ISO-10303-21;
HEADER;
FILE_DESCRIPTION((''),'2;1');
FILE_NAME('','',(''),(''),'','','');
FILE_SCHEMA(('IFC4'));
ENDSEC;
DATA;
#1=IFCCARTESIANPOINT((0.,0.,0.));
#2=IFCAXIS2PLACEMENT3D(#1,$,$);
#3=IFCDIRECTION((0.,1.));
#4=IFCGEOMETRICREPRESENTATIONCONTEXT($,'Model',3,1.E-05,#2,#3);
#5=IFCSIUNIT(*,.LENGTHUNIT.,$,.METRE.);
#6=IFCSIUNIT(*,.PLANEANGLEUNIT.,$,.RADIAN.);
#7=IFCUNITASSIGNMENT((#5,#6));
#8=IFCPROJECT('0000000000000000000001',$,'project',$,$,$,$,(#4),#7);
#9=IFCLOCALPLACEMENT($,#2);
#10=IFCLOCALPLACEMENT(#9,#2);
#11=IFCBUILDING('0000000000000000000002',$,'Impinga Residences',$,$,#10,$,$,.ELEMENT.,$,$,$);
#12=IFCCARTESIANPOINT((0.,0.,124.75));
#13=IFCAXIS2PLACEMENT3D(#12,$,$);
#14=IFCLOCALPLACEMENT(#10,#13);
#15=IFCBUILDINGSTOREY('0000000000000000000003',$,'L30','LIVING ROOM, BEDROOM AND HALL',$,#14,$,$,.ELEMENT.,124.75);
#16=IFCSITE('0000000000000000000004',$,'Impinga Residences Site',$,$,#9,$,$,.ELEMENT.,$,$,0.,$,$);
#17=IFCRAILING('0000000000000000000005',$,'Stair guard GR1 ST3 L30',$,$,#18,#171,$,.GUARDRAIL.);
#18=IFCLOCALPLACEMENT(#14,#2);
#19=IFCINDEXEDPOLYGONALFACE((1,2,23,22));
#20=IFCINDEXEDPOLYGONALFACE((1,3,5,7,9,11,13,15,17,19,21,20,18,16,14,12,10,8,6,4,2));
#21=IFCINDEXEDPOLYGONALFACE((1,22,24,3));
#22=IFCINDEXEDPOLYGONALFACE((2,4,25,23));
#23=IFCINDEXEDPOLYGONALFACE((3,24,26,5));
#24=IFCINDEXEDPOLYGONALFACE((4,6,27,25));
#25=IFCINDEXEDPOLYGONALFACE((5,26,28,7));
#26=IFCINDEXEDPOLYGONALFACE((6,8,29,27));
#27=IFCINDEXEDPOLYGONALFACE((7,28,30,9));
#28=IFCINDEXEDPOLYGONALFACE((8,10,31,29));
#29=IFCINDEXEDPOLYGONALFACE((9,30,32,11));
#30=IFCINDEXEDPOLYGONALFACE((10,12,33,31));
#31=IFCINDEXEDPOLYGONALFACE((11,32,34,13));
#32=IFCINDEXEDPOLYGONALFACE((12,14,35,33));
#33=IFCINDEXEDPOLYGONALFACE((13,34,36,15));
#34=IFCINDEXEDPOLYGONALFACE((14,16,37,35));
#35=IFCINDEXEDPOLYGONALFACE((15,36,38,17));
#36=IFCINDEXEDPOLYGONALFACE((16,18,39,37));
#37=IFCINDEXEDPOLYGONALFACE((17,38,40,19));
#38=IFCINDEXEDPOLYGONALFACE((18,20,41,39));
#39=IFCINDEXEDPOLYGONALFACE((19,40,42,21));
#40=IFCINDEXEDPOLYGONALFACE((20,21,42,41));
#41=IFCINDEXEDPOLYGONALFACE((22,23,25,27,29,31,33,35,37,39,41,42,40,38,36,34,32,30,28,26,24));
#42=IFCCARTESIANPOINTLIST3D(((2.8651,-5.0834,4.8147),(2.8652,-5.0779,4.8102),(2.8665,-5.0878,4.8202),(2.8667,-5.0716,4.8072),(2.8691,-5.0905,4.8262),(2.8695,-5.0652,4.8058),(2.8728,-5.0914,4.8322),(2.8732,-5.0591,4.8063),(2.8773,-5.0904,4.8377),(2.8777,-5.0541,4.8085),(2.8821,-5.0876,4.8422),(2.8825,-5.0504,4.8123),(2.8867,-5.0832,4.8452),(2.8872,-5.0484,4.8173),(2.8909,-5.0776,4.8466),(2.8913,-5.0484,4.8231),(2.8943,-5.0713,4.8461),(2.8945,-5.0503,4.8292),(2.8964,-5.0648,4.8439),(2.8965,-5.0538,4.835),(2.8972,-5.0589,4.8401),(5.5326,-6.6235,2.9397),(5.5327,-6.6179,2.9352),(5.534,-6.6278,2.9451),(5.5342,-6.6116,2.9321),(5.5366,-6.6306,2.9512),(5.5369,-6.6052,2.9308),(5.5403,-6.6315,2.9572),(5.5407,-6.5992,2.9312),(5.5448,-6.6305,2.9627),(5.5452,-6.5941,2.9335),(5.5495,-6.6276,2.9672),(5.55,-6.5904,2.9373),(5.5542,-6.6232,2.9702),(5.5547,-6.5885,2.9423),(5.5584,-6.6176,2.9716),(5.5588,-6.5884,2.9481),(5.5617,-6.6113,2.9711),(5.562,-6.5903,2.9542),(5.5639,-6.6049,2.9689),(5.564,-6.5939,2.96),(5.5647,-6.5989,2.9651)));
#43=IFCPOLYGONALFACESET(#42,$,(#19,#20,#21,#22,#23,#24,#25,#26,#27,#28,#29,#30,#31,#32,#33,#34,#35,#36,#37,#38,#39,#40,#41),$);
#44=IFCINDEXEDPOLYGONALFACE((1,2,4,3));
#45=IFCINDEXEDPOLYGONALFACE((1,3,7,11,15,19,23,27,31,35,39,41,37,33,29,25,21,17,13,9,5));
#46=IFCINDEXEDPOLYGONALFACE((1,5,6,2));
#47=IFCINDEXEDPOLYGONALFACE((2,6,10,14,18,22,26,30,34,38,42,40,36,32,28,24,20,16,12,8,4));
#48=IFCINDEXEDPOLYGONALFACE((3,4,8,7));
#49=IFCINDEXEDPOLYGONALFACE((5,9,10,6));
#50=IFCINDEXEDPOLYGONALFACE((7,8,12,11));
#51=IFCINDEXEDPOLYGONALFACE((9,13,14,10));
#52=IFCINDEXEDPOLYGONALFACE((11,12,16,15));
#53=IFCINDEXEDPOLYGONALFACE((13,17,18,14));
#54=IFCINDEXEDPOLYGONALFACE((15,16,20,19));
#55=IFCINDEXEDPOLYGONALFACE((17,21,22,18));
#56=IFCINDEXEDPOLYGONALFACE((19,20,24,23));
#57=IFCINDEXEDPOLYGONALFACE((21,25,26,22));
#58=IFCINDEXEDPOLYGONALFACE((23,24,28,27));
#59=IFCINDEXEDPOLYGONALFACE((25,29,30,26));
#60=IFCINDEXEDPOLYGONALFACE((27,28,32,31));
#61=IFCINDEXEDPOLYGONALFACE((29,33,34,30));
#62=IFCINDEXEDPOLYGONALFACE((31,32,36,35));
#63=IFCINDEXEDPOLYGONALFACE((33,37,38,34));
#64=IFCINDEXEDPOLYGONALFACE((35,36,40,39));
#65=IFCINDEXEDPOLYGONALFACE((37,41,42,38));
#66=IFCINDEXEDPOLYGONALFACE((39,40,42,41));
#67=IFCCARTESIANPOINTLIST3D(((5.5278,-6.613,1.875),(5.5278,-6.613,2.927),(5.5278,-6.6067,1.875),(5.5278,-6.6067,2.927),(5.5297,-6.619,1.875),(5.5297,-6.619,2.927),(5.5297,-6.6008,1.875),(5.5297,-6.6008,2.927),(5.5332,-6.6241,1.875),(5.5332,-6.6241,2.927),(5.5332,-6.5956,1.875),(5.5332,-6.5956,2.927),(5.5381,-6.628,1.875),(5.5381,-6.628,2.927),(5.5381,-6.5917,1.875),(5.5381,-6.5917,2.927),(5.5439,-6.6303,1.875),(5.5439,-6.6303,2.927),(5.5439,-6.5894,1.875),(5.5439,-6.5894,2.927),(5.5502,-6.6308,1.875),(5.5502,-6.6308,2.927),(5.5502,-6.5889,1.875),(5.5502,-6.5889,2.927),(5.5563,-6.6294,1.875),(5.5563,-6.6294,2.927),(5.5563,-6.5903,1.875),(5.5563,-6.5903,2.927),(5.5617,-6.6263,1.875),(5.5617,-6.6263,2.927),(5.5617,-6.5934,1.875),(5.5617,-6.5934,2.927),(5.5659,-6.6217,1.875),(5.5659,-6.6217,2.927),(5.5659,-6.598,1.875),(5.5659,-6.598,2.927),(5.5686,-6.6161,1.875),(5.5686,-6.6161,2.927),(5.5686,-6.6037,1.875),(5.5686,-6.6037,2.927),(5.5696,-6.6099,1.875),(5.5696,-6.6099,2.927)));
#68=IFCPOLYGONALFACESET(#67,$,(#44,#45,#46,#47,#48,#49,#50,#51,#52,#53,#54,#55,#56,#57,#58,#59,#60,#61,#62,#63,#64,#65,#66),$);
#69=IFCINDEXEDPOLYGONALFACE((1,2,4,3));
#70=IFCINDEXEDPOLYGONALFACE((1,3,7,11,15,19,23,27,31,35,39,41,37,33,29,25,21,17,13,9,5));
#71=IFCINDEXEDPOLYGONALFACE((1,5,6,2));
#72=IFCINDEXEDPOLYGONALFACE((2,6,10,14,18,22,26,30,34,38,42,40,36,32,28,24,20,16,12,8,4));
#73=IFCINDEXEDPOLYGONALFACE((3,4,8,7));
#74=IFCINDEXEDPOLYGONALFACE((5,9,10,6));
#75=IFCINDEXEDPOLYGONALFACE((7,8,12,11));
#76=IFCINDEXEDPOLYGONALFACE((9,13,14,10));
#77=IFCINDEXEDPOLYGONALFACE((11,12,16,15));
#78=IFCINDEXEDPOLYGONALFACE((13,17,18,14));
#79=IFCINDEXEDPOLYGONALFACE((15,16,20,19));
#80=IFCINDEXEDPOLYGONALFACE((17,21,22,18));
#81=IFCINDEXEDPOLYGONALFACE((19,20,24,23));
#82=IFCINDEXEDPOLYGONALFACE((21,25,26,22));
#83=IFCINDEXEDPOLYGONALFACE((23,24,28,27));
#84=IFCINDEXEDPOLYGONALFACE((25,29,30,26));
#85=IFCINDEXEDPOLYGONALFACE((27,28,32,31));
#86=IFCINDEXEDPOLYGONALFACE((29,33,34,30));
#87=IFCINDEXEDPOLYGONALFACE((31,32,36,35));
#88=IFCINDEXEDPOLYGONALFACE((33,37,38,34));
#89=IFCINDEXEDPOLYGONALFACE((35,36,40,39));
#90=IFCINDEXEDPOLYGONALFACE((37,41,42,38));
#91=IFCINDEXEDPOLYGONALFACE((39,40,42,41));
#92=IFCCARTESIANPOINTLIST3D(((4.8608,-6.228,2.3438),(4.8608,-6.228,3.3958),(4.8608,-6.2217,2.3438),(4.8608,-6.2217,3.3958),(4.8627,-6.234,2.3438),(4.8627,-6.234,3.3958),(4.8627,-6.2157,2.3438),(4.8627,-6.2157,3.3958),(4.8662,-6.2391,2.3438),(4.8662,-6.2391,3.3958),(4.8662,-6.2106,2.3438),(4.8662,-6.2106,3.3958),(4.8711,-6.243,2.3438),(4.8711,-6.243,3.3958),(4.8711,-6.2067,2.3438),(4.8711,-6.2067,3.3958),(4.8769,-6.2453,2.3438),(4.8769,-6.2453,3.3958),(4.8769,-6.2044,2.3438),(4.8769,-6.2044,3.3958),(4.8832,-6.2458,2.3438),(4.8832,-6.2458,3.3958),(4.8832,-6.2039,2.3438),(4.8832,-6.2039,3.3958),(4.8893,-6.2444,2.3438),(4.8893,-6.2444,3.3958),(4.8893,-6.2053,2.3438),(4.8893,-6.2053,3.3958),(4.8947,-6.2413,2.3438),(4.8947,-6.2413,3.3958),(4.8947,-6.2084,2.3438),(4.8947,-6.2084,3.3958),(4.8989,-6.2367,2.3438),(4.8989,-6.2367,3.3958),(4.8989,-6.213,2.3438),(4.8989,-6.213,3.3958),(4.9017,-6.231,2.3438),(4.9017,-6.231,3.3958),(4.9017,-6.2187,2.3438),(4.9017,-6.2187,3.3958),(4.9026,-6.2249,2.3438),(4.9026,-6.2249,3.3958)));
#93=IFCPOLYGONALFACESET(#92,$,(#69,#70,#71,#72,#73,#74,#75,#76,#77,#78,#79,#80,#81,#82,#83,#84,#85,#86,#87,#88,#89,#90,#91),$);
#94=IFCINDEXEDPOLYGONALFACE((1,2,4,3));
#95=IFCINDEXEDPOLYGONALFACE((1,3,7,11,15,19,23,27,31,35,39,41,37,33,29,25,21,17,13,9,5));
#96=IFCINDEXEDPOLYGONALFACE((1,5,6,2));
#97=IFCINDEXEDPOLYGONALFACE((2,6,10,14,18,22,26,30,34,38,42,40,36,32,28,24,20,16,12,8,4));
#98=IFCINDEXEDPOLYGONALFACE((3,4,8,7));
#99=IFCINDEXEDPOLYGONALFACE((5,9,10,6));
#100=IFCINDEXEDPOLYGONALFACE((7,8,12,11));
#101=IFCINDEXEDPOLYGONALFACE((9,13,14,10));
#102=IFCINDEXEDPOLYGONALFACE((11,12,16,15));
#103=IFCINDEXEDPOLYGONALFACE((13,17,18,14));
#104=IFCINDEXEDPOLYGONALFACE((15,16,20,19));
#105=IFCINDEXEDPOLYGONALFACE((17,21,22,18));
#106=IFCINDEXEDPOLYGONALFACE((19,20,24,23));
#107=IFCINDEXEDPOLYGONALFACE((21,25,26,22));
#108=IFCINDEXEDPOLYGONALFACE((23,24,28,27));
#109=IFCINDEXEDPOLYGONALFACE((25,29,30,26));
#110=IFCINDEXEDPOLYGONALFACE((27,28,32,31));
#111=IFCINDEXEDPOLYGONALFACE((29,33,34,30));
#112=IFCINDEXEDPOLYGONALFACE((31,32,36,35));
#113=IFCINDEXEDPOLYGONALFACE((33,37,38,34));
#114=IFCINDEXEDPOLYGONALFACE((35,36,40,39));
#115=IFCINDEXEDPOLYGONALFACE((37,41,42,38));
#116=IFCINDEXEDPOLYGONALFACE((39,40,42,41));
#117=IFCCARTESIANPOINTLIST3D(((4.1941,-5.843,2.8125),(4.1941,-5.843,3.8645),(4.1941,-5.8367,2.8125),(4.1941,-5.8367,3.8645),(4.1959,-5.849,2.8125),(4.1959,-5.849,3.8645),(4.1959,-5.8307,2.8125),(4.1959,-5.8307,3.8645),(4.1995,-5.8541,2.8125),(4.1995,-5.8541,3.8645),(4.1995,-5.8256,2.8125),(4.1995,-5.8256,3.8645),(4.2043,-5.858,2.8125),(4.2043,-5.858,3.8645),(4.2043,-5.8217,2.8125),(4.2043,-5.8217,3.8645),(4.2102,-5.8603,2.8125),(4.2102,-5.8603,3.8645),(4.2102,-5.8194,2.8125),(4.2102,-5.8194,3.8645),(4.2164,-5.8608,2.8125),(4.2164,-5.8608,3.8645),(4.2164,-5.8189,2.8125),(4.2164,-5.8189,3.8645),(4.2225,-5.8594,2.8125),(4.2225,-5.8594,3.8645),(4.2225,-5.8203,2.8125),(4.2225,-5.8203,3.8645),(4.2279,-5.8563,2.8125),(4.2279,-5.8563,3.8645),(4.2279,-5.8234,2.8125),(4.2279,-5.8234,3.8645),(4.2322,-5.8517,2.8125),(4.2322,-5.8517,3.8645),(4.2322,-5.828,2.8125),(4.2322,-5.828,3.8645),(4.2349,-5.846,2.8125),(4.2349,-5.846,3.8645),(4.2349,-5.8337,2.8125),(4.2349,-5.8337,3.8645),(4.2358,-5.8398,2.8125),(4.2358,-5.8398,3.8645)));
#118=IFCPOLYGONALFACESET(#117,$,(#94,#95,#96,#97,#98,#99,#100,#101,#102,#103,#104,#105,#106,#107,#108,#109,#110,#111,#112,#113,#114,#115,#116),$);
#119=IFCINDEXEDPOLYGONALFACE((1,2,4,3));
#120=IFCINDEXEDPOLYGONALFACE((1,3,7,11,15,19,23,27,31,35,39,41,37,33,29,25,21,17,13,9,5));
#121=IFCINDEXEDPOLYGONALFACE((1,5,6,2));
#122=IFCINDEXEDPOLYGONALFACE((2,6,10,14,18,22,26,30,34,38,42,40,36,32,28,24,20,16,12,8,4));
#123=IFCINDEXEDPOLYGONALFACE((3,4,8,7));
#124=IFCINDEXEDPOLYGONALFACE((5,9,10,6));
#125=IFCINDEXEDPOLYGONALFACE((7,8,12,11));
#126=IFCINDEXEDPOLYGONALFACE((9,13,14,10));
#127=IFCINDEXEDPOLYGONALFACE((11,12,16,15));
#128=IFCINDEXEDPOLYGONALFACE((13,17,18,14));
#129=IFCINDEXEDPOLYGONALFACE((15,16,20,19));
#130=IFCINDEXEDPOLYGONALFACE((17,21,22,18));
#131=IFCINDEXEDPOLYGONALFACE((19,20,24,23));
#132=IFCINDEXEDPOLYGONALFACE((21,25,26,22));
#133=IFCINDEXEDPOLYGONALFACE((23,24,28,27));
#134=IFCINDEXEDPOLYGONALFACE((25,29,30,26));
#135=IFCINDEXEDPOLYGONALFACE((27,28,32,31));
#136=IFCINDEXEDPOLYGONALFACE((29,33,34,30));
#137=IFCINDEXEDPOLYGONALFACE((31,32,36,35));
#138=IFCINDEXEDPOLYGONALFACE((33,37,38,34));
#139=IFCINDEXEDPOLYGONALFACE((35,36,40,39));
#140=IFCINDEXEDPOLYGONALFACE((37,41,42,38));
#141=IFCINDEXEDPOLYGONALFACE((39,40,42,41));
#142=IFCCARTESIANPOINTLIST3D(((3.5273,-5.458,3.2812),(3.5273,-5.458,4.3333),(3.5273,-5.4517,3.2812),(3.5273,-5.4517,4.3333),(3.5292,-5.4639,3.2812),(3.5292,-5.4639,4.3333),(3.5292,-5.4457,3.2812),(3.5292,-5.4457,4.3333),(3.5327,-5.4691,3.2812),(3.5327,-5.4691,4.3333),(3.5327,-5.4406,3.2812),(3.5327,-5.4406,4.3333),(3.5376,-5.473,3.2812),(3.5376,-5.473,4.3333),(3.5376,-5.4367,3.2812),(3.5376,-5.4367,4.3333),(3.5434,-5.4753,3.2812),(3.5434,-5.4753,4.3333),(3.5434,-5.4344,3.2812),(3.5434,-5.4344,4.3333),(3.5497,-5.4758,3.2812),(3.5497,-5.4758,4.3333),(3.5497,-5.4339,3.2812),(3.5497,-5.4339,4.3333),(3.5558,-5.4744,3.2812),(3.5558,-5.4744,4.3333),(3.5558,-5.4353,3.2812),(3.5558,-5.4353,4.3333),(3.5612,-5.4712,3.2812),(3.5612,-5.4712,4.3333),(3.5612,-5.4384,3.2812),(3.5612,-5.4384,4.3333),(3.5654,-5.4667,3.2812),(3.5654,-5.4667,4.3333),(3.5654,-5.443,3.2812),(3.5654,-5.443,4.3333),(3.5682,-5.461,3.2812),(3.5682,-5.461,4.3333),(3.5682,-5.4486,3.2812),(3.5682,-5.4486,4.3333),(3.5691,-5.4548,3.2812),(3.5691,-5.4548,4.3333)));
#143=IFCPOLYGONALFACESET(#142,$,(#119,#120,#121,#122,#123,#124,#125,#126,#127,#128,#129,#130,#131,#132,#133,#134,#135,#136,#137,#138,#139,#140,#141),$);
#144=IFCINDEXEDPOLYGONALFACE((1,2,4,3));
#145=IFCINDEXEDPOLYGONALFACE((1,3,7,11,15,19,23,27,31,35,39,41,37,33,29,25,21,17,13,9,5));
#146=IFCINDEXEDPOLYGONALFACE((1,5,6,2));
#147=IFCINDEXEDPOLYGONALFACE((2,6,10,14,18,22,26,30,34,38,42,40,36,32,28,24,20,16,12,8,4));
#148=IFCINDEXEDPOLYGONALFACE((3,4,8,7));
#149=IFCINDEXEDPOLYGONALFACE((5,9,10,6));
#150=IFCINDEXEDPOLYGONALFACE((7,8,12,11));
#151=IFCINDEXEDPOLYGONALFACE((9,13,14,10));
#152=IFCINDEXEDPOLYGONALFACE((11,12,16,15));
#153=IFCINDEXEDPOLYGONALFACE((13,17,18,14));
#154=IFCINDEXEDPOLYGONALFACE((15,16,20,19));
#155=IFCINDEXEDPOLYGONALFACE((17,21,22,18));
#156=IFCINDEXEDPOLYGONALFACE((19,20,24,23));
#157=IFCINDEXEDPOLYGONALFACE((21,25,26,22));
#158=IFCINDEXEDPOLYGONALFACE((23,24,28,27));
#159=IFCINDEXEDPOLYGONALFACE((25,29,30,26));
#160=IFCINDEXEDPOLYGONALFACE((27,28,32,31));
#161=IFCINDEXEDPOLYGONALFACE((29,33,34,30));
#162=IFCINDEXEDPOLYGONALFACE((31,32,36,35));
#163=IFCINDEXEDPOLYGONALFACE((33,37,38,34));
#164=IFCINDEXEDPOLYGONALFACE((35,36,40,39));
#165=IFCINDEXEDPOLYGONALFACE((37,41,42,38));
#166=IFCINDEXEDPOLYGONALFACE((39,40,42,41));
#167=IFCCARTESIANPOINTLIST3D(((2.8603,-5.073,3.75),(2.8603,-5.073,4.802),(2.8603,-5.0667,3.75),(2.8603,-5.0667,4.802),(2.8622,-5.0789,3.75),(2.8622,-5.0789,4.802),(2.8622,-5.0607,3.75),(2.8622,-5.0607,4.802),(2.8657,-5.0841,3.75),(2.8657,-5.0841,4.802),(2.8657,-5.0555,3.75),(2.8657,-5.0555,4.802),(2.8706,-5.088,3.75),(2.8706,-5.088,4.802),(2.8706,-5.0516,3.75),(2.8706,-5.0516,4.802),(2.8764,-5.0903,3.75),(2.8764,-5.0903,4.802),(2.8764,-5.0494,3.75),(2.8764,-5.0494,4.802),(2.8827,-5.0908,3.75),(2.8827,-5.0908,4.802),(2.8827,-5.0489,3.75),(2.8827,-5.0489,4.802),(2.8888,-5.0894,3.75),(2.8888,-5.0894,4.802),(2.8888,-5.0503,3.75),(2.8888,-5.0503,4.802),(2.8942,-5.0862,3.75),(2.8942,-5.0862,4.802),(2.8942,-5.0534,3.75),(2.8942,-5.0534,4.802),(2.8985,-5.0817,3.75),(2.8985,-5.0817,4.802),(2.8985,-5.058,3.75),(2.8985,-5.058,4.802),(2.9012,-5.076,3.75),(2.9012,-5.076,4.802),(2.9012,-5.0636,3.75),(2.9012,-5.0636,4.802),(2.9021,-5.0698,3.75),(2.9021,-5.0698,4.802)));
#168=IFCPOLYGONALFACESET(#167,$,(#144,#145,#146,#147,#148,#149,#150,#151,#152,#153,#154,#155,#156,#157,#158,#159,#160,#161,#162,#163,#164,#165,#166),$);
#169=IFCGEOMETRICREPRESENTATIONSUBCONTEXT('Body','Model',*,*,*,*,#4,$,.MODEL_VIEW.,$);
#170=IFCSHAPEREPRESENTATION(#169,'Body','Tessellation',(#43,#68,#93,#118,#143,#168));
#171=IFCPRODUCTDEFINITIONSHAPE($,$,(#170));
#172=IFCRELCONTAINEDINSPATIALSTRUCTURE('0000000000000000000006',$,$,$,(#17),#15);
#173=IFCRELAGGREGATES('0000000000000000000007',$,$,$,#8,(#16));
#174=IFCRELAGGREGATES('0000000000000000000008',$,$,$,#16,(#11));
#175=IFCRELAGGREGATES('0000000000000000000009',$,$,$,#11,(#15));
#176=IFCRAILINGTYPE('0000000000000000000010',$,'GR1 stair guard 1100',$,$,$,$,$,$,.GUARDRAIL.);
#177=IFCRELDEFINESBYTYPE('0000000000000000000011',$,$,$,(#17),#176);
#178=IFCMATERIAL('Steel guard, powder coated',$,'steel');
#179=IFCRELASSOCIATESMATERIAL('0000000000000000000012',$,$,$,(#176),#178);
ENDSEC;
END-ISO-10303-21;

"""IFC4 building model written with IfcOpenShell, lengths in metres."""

from ifc_helpers import new_model, si_unit, direction, frame, origin, origin_2d, place, context, subcontext, project, spatial, circle, extrude, material, type_object, element, save


model = new_model("IFC4")

# Units and contexts
model_context = context("Model", 3, precision=1e-05, world=origin(), true_north=direction((0.0, 1.0)))
body_context = subcontext(model_context, "Body", "Model", "MODEL_VIEW")
ifc_project = project(units=[si_unit("LENGTHUNIT", "METRE"), si_unit("PLANEANGLEUNIT", "RADIAN")], contexts=[model_context])

# Site, building, storey
site_placement = place(None, origin())
site = spatial("IfcSite", under=ifc_project, at=site_placement, Name="Impinga Residences Site", CompositionType="ELEMENT", RefElevation=0.0)
building_placement = place(site_placement, origin())
building = spatial("IfcBuilding", under=site, at=building_placement, Name="Impinga Residences", CompositionType="ELEMENT")
storey_placement = place(building_placement, frame((0.0, 0.0, 124.75)))
storey = spatial("IfcBuildingStorey", under=building, at=storey_placement, Name="L30", Description="LIVING ROOM, BEDROOM AND HALL", CompositionType="ELEMENT", Elevation=124.75)

# Railing
ifc_material_1 = material(Name="Steel guard, powder coated", Category="steel")
railing_type_1 = type_object("IfcRailingType", Name="GR1 stair guard 1100", PredefinedType="GUARDRAIL", material=ifc_material_1)
railing_1_placement = place(storey_placement, frame((5.5486, -6.6099, 1.875)))
element("IfcRailing", 1, at=railing_1_placement, inside=storey, type_object=railing_type_1, Name="Stair guard GR1 ST3 L30", PredefinedType="GUARDRAIL", context=body_context, shape_type="SweptSolid", body=[
    extrude(circle(Radius=0.0239, at=origin_2d()), frame((0.0, 0.0, 1.0762), z_axis=(-0.739746, 0.427084, 0.519975), x_axis=(-0.499992, -0.86603, 0.0)), (0.0, 0.0, 1.0), 3.606),
    extrude(circle(Radius=0.021, at=origin_2d()), origin(), (0.0, 0.0, 1.0), 1.052),
    extrude(circle(Radius=0.021, at=origin_2d()), frame((-0.667, 0.385, 0.4688)), (0.0, 0.0, 1.0), 1.052),
    extrude(circle(Radius=0.021, at=origin_2d()), frame((-1.3337, 0.77, 0.9375)), (0.0, 0.0, 1.0), 1.052),
    extrude(circle(Radius=0.021, at=origin_2d()), frame((-2.0005, 1.155, 1.4062)), (0.0, 0.0, 1.0), 1.052),
    extrude(circle(Radius=0.021, at=origin_2d()), frame((-2.6675, 1.54, 1.875)), (0.0, 0.0, 1.0), 1.052),
])

save(model, "model.ifc")
